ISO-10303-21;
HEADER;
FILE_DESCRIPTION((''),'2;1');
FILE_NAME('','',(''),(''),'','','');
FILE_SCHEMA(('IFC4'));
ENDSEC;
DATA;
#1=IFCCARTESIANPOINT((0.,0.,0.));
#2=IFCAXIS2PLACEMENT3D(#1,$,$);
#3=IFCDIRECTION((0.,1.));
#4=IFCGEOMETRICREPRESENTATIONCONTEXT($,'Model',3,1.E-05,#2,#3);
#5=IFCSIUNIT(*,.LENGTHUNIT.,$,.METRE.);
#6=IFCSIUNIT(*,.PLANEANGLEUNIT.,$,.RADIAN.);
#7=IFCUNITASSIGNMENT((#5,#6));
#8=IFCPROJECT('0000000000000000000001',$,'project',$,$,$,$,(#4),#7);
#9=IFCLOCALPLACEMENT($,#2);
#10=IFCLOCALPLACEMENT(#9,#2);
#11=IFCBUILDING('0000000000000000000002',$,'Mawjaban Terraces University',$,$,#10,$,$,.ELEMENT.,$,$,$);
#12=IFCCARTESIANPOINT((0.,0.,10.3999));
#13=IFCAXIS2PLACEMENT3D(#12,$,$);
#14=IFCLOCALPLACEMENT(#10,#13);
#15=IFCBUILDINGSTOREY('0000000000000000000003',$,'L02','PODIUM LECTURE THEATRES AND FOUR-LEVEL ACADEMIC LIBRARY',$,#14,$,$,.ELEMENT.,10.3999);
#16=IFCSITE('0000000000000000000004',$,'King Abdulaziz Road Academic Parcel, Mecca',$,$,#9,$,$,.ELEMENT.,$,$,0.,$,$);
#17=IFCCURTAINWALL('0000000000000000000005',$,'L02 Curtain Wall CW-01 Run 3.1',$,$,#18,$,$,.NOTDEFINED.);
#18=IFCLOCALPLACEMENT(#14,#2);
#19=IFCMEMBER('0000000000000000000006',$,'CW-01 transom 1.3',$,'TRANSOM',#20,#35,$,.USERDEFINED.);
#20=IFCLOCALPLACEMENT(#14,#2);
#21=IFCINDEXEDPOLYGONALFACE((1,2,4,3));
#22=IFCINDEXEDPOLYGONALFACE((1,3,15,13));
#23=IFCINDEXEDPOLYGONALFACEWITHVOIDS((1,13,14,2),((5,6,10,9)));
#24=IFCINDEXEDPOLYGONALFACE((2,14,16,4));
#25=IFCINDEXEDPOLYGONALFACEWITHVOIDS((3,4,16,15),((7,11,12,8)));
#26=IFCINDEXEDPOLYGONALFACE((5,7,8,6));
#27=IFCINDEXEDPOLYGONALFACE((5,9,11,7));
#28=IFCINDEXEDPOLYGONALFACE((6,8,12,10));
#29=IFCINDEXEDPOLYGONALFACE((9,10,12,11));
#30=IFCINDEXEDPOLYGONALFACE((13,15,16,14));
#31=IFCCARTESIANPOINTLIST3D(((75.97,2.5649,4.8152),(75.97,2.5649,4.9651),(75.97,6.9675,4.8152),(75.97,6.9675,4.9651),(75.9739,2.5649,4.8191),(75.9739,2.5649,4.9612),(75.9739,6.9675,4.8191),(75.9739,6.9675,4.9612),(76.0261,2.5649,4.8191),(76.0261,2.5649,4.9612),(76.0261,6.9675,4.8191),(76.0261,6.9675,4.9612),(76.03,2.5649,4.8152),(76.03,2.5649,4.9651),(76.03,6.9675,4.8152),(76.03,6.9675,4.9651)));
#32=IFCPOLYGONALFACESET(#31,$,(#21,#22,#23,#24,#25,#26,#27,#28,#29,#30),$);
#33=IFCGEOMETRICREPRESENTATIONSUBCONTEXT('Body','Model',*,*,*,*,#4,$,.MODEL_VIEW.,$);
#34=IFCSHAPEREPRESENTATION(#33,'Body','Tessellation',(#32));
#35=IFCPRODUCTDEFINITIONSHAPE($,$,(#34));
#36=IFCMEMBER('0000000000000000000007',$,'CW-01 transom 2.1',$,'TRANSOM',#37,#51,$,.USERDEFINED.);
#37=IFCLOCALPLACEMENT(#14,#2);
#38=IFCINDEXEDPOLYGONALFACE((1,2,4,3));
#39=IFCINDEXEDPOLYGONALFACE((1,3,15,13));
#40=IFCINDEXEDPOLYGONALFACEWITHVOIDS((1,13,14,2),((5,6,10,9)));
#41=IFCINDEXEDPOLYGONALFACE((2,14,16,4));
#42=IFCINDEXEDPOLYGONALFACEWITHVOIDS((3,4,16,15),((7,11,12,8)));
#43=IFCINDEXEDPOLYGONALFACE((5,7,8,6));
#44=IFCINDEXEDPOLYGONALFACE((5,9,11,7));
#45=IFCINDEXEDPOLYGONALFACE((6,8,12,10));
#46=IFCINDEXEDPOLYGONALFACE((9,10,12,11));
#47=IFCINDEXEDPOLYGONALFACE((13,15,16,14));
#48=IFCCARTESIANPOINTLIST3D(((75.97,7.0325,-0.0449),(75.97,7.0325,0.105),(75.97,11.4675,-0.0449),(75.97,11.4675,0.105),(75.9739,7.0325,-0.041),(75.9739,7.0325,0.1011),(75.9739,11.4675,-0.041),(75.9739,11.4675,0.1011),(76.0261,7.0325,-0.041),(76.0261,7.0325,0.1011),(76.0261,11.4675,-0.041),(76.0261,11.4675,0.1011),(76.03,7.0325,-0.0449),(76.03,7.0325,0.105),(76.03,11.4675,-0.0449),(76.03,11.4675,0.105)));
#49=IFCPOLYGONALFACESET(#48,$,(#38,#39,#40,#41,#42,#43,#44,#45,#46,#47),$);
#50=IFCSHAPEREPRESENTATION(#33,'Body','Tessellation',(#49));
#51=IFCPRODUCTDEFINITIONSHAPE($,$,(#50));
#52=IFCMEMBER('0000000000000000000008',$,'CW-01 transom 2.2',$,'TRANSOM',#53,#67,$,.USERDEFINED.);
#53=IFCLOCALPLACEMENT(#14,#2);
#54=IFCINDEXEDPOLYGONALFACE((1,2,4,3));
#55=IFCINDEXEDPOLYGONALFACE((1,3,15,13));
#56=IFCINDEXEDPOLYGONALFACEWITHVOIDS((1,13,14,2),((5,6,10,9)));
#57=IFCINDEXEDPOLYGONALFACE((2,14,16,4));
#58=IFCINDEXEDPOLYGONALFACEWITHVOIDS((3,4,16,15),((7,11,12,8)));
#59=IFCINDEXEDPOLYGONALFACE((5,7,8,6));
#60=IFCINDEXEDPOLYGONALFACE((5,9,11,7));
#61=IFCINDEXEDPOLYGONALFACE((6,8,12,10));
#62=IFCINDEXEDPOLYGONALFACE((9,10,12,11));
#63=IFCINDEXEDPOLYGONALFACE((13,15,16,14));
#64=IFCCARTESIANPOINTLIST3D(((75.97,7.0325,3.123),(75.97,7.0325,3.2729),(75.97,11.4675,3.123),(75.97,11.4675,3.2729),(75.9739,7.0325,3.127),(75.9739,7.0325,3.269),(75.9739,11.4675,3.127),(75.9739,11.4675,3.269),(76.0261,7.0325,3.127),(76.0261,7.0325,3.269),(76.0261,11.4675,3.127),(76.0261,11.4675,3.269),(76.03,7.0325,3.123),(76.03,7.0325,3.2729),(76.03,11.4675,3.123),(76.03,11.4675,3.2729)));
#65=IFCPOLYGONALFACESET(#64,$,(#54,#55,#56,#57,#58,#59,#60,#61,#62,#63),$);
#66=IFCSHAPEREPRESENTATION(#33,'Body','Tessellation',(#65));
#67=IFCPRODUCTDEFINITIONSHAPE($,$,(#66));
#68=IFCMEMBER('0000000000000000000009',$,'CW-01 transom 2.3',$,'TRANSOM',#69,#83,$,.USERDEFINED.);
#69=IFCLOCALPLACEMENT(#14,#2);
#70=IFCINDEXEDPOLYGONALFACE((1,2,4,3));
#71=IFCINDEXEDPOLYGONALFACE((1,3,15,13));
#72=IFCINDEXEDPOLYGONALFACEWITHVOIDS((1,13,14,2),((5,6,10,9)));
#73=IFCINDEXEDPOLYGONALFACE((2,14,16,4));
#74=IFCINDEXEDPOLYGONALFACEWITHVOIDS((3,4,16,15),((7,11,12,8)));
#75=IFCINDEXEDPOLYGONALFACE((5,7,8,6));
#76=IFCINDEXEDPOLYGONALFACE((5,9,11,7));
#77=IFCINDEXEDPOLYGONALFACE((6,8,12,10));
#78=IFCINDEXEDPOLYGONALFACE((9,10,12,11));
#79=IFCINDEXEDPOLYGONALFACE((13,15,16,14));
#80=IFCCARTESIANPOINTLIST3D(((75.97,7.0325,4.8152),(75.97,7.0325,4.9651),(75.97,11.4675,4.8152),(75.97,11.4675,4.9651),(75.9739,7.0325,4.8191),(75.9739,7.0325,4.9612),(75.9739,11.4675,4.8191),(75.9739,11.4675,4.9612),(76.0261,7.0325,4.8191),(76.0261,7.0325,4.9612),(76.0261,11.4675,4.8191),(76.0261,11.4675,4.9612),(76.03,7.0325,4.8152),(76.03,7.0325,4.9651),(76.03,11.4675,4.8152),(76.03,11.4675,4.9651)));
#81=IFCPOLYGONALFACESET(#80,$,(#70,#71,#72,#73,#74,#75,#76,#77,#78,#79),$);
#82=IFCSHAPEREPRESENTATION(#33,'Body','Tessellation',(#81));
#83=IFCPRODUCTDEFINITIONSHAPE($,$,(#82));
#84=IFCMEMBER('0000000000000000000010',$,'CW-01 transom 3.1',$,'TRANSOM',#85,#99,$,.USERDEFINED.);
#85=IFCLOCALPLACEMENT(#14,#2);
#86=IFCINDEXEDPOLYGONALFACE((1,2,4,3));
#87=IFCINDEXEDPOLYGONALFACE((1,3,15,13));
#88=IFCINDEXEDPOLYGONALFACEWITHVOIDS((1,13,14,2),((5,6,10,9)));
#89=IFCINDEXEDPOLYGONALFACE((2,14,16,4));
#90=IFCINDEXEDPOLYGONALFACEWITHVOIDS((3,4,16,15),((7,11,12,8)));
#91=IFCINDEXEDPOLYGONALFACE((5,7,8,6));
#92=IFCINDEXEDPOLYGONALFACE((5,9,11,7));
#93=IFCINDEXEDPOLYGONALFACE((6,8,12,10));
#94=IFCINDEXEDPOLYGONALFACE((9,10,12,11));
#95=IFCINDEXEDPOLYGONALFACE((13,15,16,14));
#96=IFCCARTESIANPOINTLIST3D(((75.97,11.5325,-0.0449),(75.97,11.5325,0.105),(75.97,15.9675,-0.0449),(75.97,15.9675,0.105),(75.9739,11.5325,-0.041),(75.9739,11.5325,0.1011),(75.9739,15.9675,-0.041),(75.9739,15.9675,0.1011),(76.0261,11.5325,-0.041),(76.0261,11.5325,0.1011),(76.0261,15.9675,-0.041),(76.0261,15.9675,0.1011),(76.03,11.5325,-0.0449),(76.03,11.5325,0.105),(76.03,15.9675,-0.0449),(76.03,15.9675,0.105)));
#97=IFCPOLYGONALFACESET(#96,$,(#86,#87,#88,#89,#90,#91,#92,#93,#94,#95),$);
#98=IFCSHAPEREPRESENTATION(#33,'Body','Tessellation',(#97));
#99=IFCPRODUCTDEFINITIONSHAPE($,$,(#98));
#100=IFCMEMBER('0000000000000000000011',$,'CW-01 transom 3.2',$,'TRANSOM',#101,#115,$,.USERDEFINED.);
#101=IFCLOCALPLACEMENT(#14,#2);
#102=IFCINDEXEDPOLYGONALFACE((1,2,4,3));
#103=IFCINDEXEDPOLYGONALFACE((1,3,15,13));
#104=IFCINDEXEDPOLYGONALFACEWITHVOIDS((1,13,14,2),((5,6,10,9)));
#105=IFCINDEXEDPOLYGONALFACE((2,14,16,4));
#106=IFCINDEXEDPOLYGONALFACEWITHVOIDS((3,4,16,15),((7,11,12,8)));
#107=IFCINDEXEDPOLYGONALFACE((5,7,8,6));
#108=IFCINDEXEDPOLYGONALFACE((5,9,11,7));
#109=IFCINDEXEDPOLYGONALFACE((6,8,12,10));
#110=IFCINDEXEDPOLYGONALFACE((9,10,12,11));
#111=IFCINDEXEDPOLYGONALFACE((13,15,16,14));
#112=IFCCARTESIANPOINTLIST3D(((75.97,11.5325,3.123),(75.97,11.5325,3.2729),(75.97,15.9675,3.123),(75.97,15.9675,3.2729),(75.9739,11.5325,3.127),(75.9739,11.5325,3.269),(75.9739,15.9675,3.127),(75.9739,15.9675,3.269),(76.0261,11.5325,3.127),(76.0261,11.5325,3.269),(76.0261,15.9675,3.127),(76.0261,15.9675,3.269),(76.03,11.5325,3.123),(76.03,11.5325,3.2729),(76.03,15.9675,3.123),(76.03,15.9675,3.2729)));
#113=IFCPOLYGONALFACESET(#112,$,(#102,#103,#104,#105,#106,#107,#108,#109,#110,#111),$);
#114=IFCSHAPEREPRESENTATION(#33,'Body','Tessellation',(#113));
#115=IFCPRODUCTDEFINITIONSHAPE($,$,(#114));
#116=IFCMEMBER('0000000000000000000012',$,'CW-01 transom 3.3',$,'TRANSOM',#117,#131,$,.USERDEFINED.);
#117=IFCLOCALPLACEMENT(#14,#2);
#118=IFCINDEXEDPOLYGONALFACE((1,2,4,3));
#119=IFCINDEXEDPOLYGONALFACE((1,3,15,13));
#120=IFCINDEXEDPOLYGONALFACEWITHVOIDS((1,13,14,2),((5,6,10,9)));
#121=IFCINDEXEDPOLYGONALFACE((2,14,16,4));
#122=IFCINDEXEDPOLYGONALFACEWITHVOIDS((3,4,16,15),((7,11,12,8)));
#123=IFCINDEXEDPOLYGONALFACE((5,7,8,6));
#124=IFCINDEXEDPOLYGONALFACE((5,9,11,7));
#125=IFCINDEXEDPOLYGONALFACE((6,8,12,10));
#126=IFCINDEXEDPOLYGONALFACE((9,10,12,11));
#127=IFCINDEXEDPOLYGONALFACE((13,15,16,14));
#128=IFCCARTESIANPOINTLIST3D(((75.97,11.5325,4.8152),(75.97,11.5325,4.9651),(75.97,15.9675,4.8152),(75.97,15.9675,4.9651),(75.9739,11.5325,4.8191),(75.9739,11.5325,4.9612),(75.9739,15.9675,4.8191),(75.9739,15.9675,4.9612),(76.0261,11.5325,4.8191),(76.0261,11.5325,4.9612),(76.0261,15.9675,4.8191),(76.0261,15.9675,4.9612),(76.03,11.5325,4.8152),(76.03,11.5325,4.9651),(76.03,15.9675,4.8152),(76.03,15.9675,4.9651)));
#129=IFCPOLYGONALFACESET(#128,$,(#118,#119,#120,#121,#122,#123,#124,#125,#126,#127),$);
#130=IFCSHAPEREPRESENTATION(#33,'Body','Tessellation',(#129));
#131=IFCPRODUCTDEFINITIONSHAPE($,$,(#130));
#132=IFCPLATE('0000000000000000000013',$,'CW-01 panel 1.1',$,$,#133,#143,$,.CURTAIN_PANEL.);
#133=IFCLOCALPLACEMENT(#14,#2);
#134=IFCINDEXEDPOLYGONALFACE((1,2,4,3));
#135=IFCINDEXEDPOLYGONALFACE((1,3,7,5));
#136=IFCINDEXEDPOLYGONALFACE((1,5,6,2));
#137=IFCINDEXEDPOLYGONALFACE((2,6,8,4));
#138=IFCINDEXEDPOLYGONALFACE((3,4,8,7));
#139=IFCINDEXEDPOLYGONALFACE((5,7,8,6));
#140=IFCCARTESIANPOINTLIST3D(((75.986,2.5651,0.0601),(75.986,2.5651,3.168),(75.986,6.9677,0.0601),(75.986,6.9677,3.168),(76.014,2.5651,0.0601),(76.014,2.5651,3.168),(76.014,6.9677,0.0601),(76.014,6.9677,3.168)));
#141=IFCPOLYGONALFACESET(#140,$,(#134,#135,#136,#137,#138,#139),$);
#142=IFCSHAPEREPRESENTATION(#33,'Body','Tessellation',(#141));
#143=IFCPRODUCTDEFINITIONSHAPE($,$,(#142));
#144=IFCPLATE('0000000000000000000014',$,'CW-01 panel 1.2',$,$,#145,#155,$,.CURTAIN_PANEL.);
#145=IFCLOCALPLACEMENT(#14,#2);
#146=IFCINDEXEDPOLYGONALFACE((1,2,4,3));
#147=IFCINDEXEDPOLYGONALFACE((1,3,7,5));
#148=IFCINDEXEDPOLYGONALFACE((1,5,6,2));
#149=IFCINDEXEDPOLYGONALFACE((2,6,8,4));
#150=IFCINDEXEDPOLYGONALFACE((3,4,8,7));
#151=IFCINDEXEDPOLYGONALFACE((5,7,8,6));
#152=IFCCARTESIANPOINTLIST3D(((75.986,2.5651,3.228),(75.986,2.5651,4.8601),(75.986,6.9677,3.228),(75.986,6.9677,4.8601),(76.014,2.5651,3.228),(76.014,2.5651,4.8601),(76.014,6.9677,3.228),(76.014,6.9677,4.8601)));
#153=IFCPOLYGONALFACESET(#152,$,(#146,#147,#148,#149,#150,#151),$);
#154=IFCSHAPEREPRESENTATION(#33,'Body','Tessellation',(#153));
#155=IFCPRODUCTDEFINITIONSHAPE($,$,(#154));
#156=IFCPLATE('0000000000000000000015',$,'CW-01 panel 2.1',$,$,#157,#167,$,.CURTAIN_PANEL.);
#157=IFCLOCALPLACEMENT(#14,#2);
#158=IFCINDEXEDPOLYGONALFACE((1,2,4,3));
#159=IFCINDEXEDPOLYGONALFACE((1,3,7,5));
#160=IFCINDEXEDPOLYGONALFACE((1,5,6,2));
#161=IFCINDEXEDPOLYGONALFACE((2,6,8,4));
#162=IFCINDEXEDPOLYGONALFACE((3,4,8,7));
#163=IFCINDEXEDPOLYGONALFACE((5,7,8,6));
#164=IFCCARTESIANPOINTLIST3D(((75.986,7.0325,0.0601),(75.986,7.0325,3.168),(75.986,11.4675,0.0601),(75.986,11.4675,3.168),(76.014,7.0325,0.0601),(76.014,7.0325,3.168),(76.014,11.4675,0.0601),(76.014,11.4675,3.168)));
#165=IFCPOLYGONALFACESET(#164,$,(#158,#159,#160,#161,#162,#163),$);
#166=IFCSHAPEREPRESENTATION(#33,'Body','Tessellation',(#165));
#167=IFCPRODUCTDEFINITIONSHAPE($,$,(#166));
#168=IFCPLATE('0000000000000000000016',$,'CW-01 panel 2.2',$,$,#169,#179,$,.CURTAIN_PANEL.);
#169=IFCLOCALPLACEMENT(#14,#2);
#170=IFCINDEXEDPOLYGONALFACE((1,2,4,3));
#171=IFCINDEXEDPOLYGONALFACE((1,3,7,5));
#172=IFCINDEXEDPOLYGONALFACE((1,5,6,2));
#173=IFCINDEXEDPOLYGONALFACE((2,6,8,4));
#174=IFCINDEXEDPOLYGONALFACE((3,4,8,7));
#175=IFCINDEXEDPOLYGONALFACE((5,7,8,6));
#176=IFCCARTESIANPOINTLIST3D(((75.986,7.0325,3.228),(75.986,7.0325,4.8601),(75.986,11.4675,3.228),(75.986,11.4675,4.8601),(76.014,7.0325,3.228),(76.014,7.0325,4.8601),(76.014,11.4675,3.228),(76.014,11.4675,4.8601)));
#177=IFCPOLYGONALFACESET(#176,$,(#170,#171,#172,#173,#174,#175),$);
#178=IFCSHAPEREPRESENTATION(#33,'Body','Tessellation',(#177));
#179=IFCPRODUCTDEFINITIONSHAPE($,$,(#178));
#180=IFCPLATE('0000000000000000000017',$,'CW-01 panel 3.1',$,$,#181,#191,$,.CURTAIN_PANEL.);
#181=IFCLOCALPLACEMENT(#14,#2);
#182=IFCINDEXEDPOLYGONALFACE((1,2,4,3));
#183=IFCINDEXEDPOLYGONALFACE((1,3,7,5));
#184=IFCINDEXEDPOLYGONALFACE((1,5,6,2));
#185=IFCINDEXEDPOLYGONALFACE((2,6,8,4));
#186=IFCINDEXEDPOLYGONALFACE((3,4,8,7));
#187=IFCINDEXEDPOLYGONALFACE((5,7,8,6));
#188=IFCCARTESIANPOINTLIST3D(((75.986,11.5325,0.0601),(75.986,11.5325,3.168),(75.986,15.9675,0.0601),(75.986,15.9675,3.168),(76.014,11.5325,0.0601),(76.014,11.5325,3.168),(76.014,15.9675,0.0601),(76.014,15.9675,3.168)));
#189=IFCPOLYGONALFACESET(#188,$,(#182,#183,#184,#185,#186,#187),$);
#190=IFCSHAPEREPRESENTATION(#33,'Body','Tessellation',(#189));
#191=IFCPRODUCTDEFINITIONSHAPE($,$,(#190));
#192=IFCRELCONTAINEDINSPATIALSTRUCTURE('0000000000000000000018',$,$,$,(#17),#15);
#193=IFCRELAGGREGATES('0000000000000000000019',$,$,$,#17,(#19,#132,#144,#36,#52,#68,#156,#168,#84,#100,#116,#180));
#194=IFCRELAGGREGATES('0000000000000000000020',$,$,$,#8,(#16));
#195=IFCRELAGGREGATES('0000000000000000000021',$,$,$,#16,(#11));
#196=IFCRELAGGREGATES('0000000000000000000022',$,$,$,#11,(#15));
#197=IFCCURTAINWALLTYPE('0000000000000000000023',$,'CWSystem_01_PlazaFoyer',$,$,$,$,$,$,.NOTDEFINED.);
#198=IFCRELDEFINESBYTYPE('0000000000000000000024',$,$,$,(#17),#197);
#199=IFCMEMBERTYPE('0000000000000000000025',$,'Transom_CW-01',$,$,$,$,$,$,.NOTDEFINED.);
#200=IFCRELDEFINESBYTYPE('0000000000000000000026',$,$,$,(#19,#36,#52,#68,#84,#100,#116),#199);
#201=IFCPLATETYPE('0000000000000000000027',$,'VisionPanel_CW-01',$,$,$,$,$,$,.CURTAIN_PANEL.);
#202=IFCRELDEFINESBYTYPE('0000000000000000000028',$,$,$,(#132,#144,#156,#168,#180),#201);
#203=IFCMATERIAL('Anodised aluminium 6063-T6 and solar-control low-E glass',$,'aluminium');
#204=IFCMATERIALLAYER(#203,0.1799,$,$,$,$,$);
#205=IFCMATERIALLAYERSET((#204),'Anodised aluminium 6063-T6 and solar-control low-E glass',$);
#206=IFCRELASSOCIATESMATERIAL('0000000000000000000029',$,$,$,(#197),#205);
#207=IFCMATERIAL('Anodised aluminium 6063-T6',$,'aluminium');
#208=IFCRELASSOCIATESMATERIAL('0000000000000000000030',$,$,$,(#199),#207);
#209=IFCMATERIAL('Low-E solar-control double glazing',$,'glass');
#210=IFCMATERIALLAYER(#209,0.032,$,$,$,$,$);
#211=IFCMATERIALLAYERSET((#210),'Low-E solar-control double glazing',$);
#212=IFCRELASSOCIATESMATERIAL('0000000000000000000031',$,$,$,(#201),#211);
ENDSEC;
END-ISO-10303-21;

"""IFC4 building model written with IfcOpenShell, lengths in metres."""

from ifc_helpers import new_model, si_unit, direction, frame, origin, origin_2d, place, context, subcontext, project, spatial, rectangle, hollow_rectangle, extrude, material, layer, layer_set, material_profile, profile_set, type_object, element, aggregate, save


model = new_model("IFC4")

# Units and contexts
model_context = context("Model", 3, precision=1e-05, world=origin(), true_north=direction((0.0, 1.0)))
body_context = subcontext(model_context, "Body", "Model", "MODEL_VIEW")
ifc_project = project(units=[si_unit("LENGTHUNIT", "METRE"), si_unit("PLANEANGLEUNIT", "RADIAN")], contexts=[model_context])

# Site, building, storey
site_placement = place(None, origin())
site = spatial("IfcSite", under=ifc_project, at=site_placement, Name="King Abdulaziz Road Academic Parcel, Mecca", CompositionType="ELEMENT", RefElevation=0.0)
building_placement = place(site_placement, origin())
building = spatial("IfcBuilding", under=site, at=building_placement, Name="Mawjaban Terraces University", CompositionType="ELEMENT")
storey_placement = place(building_placement, frame((0.0, 0.0, 10.3999)))
storey = spatial("IfcBuildingStorey", under=building, at=storey_placement, Name="L02", Description="PODIUM LECTURE THEATRES AND FOUR-LEVEL ACADEMIC LIBRARY", CompositionType="ELEMENT", Elevation=10.3999)

# Curtain wall, members, plates
ifc_material_1 = material(Name="Anodised aluminium 6063-T6 and solar-control low-E glass", Category="aluminium")
ifc_layer_1 = layer(ifc_material_1, 0.1799)
ifc_layer_set_1 = layer_set([ifc_layer_1], Name="Anodised aluminium 6063-T6 and solar-control low-E glass")
curtain_wall_type = type_object("IfcCurtainWallType", Name="CWSystem_01_PlazaFoyer", PredefinedType="NOTDEFINED", material=ifc_layer_set_1)
curtain_wall_placement = place(storey_placement, origin())
curtain_wall = element("IfcCurtainWall", 1, at=curtain_wall_placement, inside=storey, type_object=curtain_wall_type, Name="L02 Curtain Wall CW-01 Run 3.1", PredefinedType="NOTDEFINED")
ifc_material_2 = material(Name="Anodised aluminium 6063-T6", Category="aluminium")
ifc_material_profile_1 = material_profile(ifc_material_2, hollow_rectangle(XDim=0.0601, YDim=0.1499, WallThickness=0.0039, at=origin_2d()), Name="ALU150X60X4")
ifc_profile_set_1 = profile_set([ifc_material_profile_1], Name="Anodised aluminium 6063-T6")
member_type_1 = type_object("IfcMemberType", Name="Transom_CW-01", PredefinedType="NOTDEFINED", material=ifc_profile_set_1)
member_1_placement = place(storey_placement, frame((76.0, 2.5649, 4.8901), z_axis=(0.0, 1.0, 0.0), x_axis=(-1.0, 0.0, 0.0)))
member_1 = element("IfcMember", 2, at=member_1_placement, type_object=member_type_1, Name="CW-01 transom 1.3", ObjectType="TRANSOM", PredefinedType="USERDEFINED", context=body_context, shape_type="SweptSolid", body=[
    extrude(hollow_rectangle(XDim=0.0601, YDim=0.1499, WallThickness=0.0039, at=origin_2d()), origin(), (0.0, 0.0, 1.0), 4.4026),
])
member_2_placement = place(storey_placement, frame((76.0, 7.0325, 0.03), z_axis=(0.0, 1.0, 0.0), x_axis=(-1.0, 0.0, 0.0)))
member_2 = element("IfcMember", 3, at=member_2_placement, type_object=member_type_1, Name="CW-01 transom 2.1", ObjectType="TRANSOM", PredefinedType="USERDEFINED", context=body_context, shape_type="SweptSolid", body=[
    extrude(hollow_rectangle(XDim=0.0601, YDim=0.1499, WallThickness=0.0039, at=origin_2d()), origin(), (0.0, 0.0, 1.0), 4.4351),
])
member_3_placement = place(storey_placement, frame((76.0, 7.0325, 3.198), z_axis=(0.0, 1.0, 0.0), x_axis=(-1.0, 0.0, 0.0)))
member_3 = element("IfcMember", 4, at=member_3_placement, type_object=member_type_1, Name="CW-01 transom 2.2", ObjectType="TRANSOM", PredefinedType="USERDEFINED", context=body_context, shape_type="SweptSolid", body=[
    extrude(hollow_rectangle(XDim=0.0601, YDim=0.1499, WallThickness=0.0039, at=origin_2d()), origin(), (0.0, 0.0, 1.0), 4.4351),
])
member_4_placement = place(storey_placement, frame((76.0, 7.0325, 4.8901), z_axis=(0.0, 1.0, 0.0), x_axis=(-1.0, 0.0, 0.0)))
member_4 = element("IfcMember", 5, at=member_4_placement, type_object=member_type_1, Name="CW-01 transom 2.3", ObjectType="TRANSOM", PredefinedType="USERDEFINED", context=body_context, shape_type="SweptSolid", body=[
    extrude(hollow_rectangle(XDim=0.0601, YDim=0.1499, WallThickness=0.0039, at=origin_2d()), origin(), (0.0, 0.0, 1.0), 4.4351),
])
member_5_placement = place(storey_placement, frame((76.0, 11.5325, 0.03), z_axis=(0.0, 1.0, 0.0), x_axis=(-1.0, 0.0, 0.0)))
member_5 = element("IfcMember", 6, at=member_5_placement, type_object=member_type_1, Name="CW-01 transom 3.1", ObjectType="TRANSOM", PredefinedType="USERDEFINED", context=body_context, shape_type="SweptSolid", body=[
    extrude(hollow_rectangle(XDim=0.0601, YDim=0.1499, WallThickness=0.0039, at=origin_2d()), origin(), (0.0, 0.0, 1.0), 4.4351),
])
member_6_placement = place(storey_placement, frame((76.0, 11.5325, 3.198), z_axis=(0.0, 1.0, 0.0), x_axis=(-1.0, 0.0, 0.0)))
member_6 = element("IfcMember", 7, at=member_6_placement, type_object=member_type_1, Name="CW-01 transom 3.2", ObjectType="TRANSOM", PredefinedType="USERDEFINED", context=body_context, shape_type="SweptSolid", body=[
    extrude(hollow_rectangle(XDim=0.0601, YDim=0.1499, WallThickness=0.0039, at=origin_2d()), origin(), (0.0, 0.0, 1.0), 4.4351),
])
member_7_placement = place(storey_placement, frame((76.0, 11.5325, 4.8901), z_axis=(0.0, 1.0, 0.0), x_axis=(-1.0, 0.0, 0.0)))
member_7 = element("IfcMember", 8, at=member_7_placement, type_object=member_type_1, Name="CW-01 transom 3.3", ObjectType="TRANSOM", PredefinedType="USERDEFINED", context=body_context, shape_type="SweptSolid", body=[
    extrude(hollow_rectangle(XDim=0.0601, YDim=0.1499, WallThickness=0.0039, at=origin_2d()), origin(), (0.0, 0.0, 1.0), 4.4351),
])
ifc_material_3 = material(Name="Low-E solar-control double glazing", Category="glass")
ifc_layer_2 = layer(ifc_material_3, 0.032)
ifc_layer_set_2 = layer_set([ifc_layer_2], Name="Low-E solar-control double glazing")
plate_type = type_object("IfcPlateType", Name="VisionPanel_CW-01", PredefinedType="CURTAIN_PANEL", material=ifc_layer_set_2)
plate_1_placement = place(storey_placement, frame((76.0, 4.7664, 0.0601), z_axis=(0.0, 0.0, 1.0), x_axis=(0.0, 1.0, 0.0)))
plate_1 = element("IfcPlate", 9, at=plate_1_placement, type_object=plate_type, Name="CW-01 panel 1.1", PredefinedType="CURTAIN_PANEL", context=body_context, shape_type="SweptSolid", body=[
    extrude(rectangle(XDim=4.4026, YDim=0.0281, at=origin_2d()), origin(), (0.0, 0.0, 1.0), 3.1079),
])
plate_2_placement = place(storey_placement, frame((76.0, 4.7664, 3.228), z_axis=(0.0, 0.0, 1.0), x_axis=(0.0, 1.0, 0.0)))
plate_2 = element("IfcPlate", 10, at=plate_2_placement, type_object=plate_type, Name="CW-01 panel 1.2", PredefinedType="CURTAIN_PANEL", context=body_context, shape_type="SweptSolid", body=[
    extrude(rectangle(XDim=4.4026, YDim=0.0281, at=origin_2d()), origin(), (0.0, 0.0, 1.0), 1.6321),
])
plate_3_placement = place(storey_placement, frame((76.0, 9.25, 0.0601), z_axis=(0.0, 0.0, 1.0), x_axis=(0.0, 1.0, 0.0)))
plate_3 = element("IfcPlate", 11, at=plate_3_placement, type_object=plate_type, Name="CW-01 panel 2.1", PredefinedType="CURTAIN_PANEL", context=body_context, shape_type="SweptSolid", body=[
    extrude(rectangle(XDim=4.4351, YDim=0.0281, at=origin_2d()), origin(), (0.0, 0.0, 1.0), 3.1079),
])
plate_4_placement = place(storey_placement, frame((76.0, 9.25, 3.228), z_axis=(0.0, 0.0, 1.0), x_axis=(0.0, 1.0, 0.0)))
plate_4 = element("IfcPlate", 12, at=plate_4_placement, type_object=plate_type, Name="CW-01 panel 2.2", PredefinedType="CURTAIN_PANEL", context=body_context, shape_type="SweptSolid", body=[
    extrude(rectangle(XDim=4.4351, YDim=0.0281, at=origin_2d()), origin(), (0.0, 0.0, 1.0), 1.6321),
])
plate_5_placement = place(storey_placement, frame((76.0, 13.75, 0.0601), z_axis=(0.0, 0.0, 1.0), x_axis=(0.0, 1.0, 0.0)))
plate_5 = element("IfcPlate", 13, at=plate_5_placement, type_object=plate_type, Name="CW-01 panel 3.1", PredefinedType="CURTAIN_PANEL", context=body_context, shape_type="SweptSolid", body=[
    extrude(rectangle(XDim=4.4351, YDim=0.0281, at=origin_2d()), origin(), (0.0, 0.0, 1.0), 3.1079),
])
aggregate(curtain_wall, [member_1, plate_1, plate_2, member_2, member_3, member_4, plate_3, plate_4, member_5, member_6, member_7, plate_5])

save(model, "model.ifc")
